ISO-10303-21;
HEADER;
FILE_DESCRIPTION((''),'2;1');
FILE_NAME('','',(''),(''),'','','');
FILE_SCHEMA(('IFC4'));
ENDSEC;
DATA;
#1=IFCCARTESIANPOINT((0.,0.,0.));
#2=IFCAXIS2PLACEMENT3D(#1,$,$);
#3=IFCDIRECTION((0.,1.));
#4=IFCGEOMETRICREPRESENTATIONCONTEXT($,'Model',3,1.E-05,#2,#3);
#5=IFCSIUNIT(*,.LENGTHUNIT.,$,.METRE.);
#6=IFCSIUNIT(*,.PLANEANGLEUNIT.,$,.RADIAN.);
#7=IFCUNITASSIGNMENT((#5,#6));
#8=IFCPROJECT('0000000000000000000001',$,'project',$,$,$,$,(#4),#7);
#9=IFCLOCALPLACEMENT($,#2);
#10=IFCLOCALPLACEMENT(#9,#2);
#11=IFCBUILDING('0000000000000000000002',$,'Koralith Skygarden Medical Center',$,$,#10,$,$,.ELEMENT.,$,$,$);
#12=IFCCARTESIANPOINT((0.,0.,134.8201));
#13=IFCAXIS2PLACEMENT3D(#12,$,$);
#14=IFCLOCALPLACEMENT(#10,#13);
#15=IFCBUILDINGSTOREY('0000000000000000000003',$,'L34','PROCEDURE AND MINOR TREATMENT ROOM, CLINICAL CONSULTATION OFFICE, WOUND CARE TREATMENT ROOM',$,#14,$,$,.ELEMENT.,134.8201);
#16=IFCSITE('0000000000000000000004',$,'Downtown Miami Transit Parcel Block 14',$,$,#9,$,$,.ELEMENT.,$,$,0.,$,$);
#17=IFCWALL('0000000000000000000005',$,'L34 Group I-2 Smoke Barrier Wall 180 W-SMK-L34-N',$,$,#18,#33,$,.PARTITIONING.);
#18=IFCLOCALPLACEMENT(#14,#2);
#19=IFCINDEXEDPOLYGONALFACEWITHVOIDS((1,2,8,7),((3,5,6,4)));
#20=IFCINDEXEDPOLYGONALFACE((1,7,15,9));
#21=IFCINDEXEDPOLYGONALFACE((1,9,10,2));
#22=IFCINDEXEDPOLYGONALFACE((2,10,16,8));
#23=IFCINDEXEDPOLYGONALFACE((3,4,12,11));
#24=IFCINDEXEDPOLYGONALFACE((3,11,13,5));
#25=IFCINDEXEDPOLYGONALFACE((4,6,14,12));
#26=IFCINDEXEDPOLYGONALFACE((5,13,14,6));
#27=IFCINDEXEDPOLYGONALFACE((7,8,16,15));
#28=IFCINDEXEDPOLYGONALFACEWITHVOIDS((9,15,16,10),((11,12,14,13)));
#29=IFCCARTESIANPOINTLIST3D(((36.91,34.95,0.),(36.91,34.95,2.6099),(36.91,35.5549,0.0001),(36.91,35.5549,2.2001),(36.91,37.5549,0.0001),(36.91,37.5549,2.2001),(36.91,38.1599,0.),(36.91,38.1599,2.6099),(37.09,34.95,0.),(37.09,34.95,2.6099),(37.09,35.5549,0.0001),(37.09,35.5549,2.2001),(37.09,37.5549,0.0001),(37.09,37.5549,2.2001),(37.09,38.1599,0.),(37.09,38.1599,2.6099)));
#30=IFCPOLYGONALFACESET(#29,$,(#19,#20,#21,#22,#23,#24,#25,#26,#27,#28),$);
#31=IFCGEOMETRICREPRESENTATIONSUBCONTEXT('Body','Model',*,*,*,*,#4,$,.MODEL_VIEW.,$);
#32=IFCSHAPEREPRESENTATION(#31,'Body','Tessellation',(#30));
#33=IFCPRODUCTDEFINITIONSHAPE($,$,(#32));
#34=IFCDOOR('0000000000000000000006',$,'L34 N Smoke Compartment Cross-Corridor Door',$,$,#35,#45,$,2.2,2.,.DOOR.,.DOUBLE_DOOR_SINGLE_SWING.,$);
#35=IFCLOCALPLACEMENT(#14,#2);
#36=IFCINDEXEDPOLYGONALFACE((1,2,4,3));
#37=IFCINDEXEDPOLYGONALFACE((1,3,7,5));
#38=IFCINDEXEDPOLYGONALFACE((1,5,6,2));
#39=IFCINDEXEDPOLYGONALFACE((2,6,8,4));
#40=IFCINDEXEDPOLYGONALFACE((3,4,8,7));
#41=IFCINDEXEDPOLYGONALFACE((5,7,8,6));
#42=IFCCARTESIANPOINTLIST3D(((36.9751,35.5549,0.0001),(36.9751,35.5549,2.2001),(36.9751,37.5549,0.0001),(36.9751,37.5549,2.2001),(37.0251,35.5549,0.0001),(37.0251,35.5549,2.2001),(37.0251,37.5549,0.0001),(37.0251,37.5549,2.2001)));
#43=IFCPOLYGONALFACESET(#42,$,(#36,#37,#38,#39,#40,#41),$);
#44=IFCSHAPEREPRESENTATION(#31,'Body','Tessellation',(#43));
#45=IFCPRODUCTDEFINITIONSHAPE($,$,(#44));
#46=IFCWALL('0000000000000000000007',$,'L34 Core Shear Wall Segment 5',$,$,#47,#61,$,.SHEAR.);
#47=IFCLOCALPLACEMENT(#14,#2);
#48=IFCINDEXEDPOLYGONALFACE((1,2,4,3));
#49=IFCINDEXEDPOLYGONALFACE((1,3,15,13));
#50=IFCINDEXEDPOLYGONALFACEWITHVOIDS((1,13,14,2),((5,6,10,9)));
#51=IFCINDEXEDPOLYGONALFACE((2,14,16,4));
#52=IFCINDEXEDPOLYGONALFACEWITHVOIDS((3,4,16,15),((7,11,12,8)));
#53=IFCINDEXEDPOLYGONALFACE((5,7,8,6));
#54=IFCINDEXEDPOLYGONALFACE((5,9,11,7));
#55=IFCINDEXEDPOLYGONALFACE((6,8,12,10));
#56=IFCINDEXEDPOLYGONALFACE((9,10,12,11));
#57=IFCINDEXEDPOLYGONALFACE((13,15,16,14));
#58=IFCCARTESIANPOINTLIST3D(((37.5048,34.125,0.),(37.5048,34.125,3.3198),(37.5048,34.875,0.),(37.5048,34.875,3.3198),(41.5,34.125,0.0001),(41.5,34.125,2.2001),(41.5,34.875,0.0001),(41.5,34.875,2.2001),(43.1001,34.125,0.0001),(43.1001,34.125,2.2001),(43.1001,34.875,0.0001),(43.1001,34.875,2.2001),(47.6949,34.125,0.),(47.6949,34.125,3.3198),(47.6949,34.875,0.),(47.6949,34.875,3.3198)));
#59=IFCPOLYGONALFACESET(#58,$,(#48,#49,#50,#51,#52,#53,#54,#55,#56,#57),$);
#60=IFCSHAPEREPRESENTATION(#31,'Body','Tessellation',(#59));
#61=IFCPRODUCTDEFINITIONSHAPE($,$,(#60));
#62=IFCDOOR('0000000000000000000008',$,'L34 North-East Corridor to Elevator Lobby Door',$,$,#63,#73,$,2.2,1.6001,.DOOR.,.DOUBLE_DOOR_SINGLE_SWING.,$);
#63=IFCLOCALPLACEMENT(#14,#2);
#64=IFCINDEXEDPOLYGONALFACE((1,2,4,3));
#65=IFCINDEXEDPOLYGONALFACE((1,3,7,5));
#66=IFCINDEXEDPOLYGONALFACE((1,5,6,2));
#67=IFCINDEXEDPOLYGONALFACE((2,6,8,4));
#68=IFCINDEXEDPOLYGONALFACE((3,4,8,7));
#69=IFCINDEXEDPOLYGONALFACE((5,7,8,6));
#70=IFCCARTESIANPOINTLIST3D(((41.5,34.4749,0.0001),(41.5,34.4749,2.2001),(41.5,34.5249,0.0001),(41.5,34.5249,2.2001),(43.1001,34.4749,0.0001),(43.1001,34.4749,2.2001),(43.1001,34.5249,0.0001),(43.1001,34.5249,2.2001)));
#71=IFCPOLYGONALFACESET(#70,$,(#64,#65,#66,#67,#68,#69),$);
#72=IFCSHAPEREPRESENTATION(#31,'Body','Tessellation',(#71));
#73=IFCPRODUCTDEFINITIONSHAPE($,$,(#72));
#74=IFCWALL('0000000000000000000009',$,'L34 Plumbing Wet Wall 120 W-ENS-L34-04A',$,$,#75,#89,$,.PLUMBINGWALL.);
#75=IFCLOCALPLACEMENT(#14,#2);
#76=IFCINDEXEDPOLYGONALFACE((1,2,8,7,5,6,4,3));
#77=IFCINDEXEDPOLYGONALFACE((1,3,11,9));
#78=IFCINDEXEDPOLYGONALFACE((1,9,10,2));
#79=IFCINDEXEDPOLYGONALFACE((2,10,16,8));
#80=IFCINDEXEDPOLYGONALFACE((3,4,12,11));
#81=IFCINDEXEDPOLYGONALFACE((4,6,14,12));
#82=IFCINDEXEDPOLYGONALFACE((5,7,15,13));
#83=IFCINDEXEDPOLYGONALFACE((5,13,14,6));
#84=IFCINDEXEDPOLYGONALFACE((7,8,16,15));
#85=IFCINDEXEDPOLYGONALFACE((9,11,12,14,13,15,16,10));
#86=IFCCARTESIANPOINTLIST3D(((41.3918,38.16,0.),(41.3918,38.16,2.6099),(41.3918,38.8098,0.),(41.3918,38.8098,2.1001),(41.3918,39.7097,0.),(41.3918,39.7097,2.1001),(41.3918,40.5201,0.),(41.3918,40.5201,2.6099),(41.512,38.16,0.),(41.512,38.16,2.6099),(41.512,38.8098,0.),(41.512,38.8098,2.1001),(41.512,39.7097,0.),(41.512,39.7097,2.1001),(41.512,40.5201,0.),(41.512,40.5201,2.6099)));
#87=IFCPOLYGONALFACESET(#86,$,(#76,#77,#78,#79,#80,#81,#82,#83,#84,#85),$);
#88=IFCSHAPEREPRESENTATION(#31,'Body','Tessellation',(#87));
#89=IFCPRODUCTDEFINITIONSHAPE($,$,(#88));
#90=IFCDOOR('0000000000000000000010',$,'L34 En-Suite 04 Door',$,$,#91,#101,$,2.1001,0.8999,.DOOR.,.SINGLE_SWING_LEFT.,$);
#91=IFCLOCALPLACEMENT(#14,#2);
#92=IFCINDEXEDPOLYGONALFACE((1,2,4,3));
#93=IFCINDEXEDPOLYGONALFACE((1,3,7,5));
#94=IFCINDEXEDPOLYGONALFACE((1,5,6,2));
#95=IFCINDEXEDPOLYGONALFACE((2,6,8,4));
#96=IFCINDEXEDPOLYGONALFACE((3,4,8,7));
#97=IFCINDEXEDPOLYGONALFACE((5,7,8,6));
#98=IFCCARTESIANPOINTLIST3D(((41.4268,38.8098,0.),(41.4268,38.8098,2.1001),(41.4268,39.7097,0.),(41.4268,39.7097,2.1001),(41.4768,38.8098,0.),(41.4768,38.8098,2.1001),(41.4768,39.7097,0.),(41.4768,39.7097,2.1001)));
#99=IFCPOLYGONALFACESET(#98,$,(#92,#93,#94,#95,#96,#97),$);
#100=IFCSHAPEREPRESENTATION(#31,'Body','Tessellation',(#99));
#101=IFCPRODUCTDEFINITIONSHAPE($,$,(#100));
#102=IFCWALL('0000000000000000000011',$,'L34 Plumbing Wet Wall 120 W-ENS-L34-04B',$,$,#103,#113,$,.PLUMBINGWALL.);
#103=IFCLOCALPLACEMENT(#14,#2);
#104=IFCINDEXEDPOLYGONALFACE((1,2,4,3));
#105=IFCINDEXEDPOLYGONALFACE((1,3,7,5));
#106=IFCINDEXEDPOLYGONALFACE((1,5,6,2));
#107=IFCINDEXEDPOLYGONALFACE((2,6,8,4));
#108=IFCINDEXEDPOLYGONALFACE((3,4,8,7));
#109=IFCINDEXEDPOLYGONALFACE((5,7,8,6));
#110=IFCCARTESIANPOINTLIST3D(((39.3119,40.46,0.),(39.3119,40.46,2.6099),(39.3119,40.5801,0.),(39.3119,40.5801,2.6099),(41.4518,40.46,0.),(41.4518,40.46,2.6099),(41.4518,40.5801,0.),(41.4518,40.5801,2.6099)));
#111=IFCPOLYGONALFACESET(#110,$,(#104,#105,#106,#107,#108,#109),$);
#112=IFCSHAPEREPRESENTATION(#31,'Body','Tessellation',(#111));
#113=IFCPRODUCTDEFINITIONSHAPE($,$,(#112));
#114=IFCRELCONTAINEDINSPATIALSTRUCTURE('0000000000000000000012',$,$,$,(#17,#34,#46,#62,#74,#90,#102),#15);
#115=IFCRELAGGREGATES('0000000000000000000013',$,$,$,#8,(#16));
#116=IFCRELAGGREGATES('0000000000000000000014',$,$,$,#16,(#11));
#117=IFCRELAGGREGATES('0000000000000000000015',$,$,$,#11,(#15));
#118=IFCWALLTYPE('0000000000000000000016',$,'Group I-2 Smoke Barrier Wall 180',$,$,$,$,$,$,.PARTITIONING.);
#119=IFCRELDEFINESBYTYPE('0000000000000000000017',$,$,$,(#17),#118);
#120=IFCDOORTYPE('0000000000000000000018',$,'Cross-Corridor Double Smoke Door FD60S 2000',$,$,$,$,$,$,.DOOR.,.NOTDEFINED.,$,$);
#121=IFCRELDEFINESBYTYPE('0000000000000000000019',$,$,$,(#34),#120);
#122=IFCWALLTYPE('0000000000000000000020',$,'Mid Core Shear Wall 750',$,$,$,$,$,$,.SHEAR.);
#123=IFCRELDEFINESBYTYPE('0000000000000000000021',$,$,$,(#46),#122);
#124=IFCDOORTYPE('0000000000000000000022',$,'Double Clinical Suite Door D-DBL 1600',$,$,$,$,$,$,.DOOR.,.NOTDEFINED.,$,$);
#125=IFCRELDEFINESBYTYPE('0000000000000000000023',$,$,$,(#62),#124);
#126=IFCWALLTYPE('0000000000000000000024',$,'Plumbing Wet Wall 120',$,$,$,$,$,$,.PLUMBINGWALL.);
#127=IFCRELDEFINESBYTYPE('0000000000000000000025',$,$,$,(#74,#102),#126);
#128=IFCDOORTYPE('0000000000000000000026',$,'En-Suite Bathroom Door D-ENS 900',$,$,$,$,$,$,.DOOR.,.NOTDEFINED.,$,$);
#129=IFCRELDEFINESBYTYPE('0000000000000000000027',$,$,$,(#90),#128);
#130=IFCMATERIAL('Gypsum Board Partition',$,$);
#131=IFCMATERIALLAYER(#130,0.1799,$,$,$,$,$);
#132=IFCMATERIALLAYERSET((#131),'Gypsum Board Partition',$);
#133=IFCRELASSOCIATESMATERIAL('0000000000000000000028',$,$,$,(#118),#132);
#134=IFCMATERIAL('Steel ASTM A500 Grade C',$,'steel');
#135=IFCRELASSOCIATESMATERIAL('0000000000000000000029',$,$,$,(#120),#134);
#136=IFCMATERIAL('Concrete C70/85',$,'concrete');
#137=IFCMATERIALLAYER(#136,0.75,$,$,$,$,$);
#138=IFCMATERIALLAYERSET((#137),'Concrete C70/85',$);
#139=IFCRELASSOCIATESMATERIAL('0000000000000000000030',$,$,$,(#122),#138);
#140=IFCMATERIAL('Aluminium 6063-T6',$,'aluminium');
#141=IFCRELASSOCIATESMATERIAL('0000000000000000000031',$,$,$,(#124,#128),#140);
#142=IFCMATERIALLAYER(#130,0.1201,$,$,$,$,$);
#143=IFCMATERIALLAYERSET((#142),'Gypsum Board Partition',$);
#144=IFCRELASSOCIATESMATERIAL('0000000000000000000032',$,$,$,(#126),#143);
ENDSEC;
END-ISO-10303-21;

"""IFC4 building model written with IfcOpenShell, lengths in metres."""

from ifc_helpers import new_model, si_unit, direction, frame, frame_2d, origin, place, context, subcontext, project, spatial, rectangle, extrude, material, layer, layer_set, type_object, element, fill, save


model = new_model("IFC4")

# Units and contexts
model_context = context("Model", 3, precision=1e-05, world=origin(), true_north=direction((0.0, 1.0)))
body_context = subcontext(model_context, "Body", "Model", "MODEL_VIEW")
ifc_project = project(units=[si_unit("LENGTHUNIT", "METRE"), si_unit("PLANEANGLEUNIT", "RADIAN")], contexts=[model_context])

# Site, building, storey
site_placement = place(None, origin())
site = spatial("IfcSite", under=ifc_project, at=site_placement, Name="Downtown Miami Transit Parcel Block 14", CompositionType="ELEMENT", RefElevation=0.0)
building_placement = place(site_placement, origin())
building = spatial("IfcBuilding", under=site, at=building_placement, Name="Koralith Skygarden Medical Center", CompositionType="ELEMENT")
storey_placement = place(building_placement, frame((0.0, 0.0, 134.8201)))
storey = spatial("IfcBuildingStorey", under=building, at=storey_placement, Name="L34", Description="PROCEDURE AND MINOR TREATMENT ROOM, CLINICAL CONSULTATION OFFICE, WOUND CARE TREATMENT ROOM", CompositionType="ELEMENT", Elevation=134.8201)

# Shared definitions
ifc_material_1 = material(Name="Concrete C70/85", Category="concrete")

# Shared definitions
ifc_material_2 = material(Name="Aluminium 6063-T6", Category="aluminium")

# Shared definitions
ifc_material_3 = material(Name="Gypsum Board Partition")

# Walls, openings, doors
ifc_layer_1 = layer(ifc_material_3, 0.1799)
ifc_layer_set_1 = layer_set([ifc_layer_1], Name="Gypsum Board Partition")
wall_type_1 = type_object("IfcWallType", Name="Group I-2 Smoke Barrier Wall 180", PredefinedType="PARTITIONING", material=ifc_layer_set_1)
wall_1_placement = place(storey_placement, frame((37.0, 34.95, 0.0), z_axis=(0.0, 0.0, 1.0), x_axis=(0.0, 1.0, 0.0)))
wall_1 = element("IfcWall", 1, at=wall_1_placement, inside=storey, type_object=wall_type_1, Name="L34 Group I-2 Smoke Barrier Wall 180 W-SMK-L34-N", PredefinedType="PARTITIONING", context=body_context, shape_type="SweptSolid", body=[
    extrude(rectangle(XDim=3.21, YDim=0.1799, at=frame_2d((1.605, 0.0))), origin(), (0.0, 0.0, 1.0), 2.6099),
])
opening_1_placement = place(wall_1_placement, frame((0.605, 0.0, 0.0)))
opening_1 = element("IfcOpeningElement", 2, at=opening_1_placement, cuts=wall_1, PredefinedType="OPENING", context=body_context, shape_type="SweptSolid", body=[
    extrude(rectangle(XDim=2.0, YDim=2.2, at=frame_2d((1.0, 1.1001))), frame((0.0, 0.0999, 0.0), z_axis=(0.0, -1.0, 0.0), x_axis=(1.0, 0.0, 0.0)), (0.0, 0.0, 1.0), 0.2),
])
ifc_material_4 = material(Name="Steel ASTM A500 Grade C", Category="steel")
door_type_1 = type_object("IfcDoorType", Name="Cross-Corridor Double Smoke Door FD60S 2000", OperationType="NOTDEFINED", PredefinedType="DOOR", material=ifc_material_4)
door_1_placement = place(opening_1_placement, origin())
door_1 = element("IfcDoor", 3, at=door_1_placement, inside=storey, type_object=door_type_1, Name="L34 N Smoke Compartment Cross-Corridor Door", OperationType="DOUBLE_DOOR_SINGLE_SWING", OverallHeight=2.2, OverallWidth=2.0, PredefinedType="DOOR", context=body_context, shape_type="SweptSolid", body=[
    extrude(rectangle(XDim=2.0, YDim=2.2, at=frame_2d((1.0, 1.1001))), frame((0.0, 0.0249, 0.0), z_axis=(0.0, -1.0, 0.0), x_axis=(1.0, 0.0, 0.0)), (0.0, 0.0, 1.0), 0.05),
])
fill(opening_1, door_1)
ifc_layer_2 = layer(ifc_material_1, 0.75)
ifc_layer_set_2 = layer_set([ifc_layer_2], Name="Concrete C70/85")
wall_type_2 = type_object("IfcWallType", Name="Mid Core Shear Wall 750", PredefinedType="SHEAR", material=ifc_layer_set_2)
wall_2_placement = place(storey_placement, frame((47.6951, 34.5, 0.0), z_axis=(0.0, 0.0, 1.0), x_axis=(-1.0, 0.0, 0.0)))
wall_2 = element("IfcWall", 4, at=wall_2_placement, inside=storey, type_object=wall_type_2, Name="L34 Core Shear Wall Segment 5", PredefinedType="SHEAR", context=body_context, shape_type="SweptSolid", body=[
    extrude(rectangle(XDim=10.1902, YDim=0.75, at=frame_2d((5.0952, 0.0))), origin(), (0.0, 0.0, 1.0), 3.3198),
])
opening_2_placement = place(wall_2_placement, frame((4.595, 0.0, 0.0)))
opening_2 = element("IfcOpeningElement", 5, at=opening_2_placement, cuts=wall_2, PredefinedType="OPENING", context=body_context, shape_type="SweptSolid", body=[
    extrude(rectangle(XDim=1.6001, YDim=2.2, at=frame_2d((0.8, 1.1001))), frame((0.0, 0.385, 0.0), z_axis=(0.0, -1.0, 0.0), x_axis=(1.0, 0.0, 0.0)), (0.0, 0.0, 1.0), 0.77),
])
door_type_2 = type_object("IfcDoorType", Name="Double Clinical Suite Door D-DBL 1600", OperationType="NOTDEFINED", PredefinedType="DOOR", material=ifc_material_2)
door_2_placement = place(opening_2_placement, frame((1.6001, 0.0, 0.0), z_axis=(0.0, 0.0, 1.0), x_axis=(-1.0, 0.0, 0.0)))
door_2 = element("IfcDoor", 6, at=door_2_placement, inside=storey, type_object=door_type_2, Name="L34 North-East Corridor to Elevator Lobby Door", OperationType="DOUBLE_DOOR_SINGLE_SWING", OverallHeight=2.2, OverallWidth=1.6001, PredefinedType="DOOR", context=body_context, shape_type="SweptSolid", body=[
    extrude(rectangle(XDim=1.6001, YDim=2.2, at=frame_2d((0.8, 1.1001))), frame((0.0, 0.0249, 0.0), z_axis=(0.0, -1.0, 0.0), x_axis=(1.0, 0.0, 0.0)), (0.0, 0.0, 1.0), 0.05),
])
fill(opening_2, door_2)
ifc_layer_3 = layer(ifc_material_3, 0.1201)
ifc_layer_set_3 = layer_set([ifc_layer_3], Name="Gypsum Board Partition")
wall_type_3 = type_object("IfcWallType", Name="Plumbing Wet Wall 120", PredefinedType="PLUMBINGWALL", material=ifc_layer_set_3)
wall_3_placement = place(storey_placement, frame((41.4519, 38.1599, 0.0), z_axis=(0.0, 0.0, 1.0), x_axis=(0.0, 1.0, 0.0)))
wall_3 = element("IfcWall", 7, at=wall_3_placement, inside=storey, type_object=wall_type_3, Name="L34 Plumbing Wet Wall 120 W-ENS-L34-04A", PredefinedType="PLUMBINGWALL", context=body_context, shape_type="SweptSolid", body=[
    extrude(rectangle(XDim=2.3601, YDim=0.1201, at=frame_2d((1.1802, 0.0))), origin(), (0.0, 0.0, 1.0), 2.6099),
])
opening_3_placement = place(wall_3_placement, frame((0.6499, 0.0, 0.0)))
opening_3 = element("IfcOpeningElement", 8, at=opening_3_placement, cuts=wall_3, PredefinedType="OPENING", context=body_context, shape_type="SweptSolid", body=[
    extrude(rectangle(XDim=0.8999, YDim=2.1001, at=frame_2d((0.45, 1.05))), frame((0.0, 0.0701, 0.0), z_axis=(0.0, -1.0, 0.0), x_axis=(1.0, 0.0, 0.0)), (0.0, 0.0, 1.0), 0.1401),
])
door_type_3 = type_object("IfcDoorType", Name="En-Suite Bathroom Door D-ENS 900", OperationType="NOTDEFINED", PredefinedType="DOOR", material=ifc_material_2)
door_3_placement = place(opening_3_placement, frame((0.8999, 0.0, 0.0), z_axis=(0.0, 0.0, 1.0), x_axis=(-1.0, 0.0, 0.0)))
door_3 = element("IfcDoor", 9, at=door_3_placement, inside=storey, type_object=door_type_3, Name="L34 En-Suite 04 Door", OperationType="SINGLE_SWING_LEFT", OverallHeight=2.1001, OverallWidth=0.8999, PredefinedType="DOOR", context=body_context, shape_type="SweptSolid", body=[
    extrude(rectangle(XDim=0.8999, YDim=2.1001, at=frame_2d((0.45, 1.05))), frame((0.0, 0.0249, 0.0), z_axis=(0.0, -1.0, 0.0), x_axis=(1.0, 0.0, 0.0)), (0.0, 0.0, 1.0), 0.05),
])
fill(opening_3, door_3)

# Wall
wall_4_placement = place(storey_placement, frame((39.312, 40.52, 0.0), z_axis=(0.0, 0.0, 1.0), x_axis=(1.0, 0.0, 0.0)))
element("IfcWall", 10, at=wall_4_placement, inside=storey, type_object=wall_type_3, Name="L34 Plumbing Wet Wall 120 W-ENS-L34-04B", PredefinedType="PLUMBINGWALL", context=body_context, shape_type="SweptSolid", body=[
    extrude(rectangle(XDim=2.1399, YDim=0.1201, at=frame_2d((1.0698, 0.0))), origin(), (0.0, 0.0, 1.0), 2.6099),
])

save(model, "model.ifc")
